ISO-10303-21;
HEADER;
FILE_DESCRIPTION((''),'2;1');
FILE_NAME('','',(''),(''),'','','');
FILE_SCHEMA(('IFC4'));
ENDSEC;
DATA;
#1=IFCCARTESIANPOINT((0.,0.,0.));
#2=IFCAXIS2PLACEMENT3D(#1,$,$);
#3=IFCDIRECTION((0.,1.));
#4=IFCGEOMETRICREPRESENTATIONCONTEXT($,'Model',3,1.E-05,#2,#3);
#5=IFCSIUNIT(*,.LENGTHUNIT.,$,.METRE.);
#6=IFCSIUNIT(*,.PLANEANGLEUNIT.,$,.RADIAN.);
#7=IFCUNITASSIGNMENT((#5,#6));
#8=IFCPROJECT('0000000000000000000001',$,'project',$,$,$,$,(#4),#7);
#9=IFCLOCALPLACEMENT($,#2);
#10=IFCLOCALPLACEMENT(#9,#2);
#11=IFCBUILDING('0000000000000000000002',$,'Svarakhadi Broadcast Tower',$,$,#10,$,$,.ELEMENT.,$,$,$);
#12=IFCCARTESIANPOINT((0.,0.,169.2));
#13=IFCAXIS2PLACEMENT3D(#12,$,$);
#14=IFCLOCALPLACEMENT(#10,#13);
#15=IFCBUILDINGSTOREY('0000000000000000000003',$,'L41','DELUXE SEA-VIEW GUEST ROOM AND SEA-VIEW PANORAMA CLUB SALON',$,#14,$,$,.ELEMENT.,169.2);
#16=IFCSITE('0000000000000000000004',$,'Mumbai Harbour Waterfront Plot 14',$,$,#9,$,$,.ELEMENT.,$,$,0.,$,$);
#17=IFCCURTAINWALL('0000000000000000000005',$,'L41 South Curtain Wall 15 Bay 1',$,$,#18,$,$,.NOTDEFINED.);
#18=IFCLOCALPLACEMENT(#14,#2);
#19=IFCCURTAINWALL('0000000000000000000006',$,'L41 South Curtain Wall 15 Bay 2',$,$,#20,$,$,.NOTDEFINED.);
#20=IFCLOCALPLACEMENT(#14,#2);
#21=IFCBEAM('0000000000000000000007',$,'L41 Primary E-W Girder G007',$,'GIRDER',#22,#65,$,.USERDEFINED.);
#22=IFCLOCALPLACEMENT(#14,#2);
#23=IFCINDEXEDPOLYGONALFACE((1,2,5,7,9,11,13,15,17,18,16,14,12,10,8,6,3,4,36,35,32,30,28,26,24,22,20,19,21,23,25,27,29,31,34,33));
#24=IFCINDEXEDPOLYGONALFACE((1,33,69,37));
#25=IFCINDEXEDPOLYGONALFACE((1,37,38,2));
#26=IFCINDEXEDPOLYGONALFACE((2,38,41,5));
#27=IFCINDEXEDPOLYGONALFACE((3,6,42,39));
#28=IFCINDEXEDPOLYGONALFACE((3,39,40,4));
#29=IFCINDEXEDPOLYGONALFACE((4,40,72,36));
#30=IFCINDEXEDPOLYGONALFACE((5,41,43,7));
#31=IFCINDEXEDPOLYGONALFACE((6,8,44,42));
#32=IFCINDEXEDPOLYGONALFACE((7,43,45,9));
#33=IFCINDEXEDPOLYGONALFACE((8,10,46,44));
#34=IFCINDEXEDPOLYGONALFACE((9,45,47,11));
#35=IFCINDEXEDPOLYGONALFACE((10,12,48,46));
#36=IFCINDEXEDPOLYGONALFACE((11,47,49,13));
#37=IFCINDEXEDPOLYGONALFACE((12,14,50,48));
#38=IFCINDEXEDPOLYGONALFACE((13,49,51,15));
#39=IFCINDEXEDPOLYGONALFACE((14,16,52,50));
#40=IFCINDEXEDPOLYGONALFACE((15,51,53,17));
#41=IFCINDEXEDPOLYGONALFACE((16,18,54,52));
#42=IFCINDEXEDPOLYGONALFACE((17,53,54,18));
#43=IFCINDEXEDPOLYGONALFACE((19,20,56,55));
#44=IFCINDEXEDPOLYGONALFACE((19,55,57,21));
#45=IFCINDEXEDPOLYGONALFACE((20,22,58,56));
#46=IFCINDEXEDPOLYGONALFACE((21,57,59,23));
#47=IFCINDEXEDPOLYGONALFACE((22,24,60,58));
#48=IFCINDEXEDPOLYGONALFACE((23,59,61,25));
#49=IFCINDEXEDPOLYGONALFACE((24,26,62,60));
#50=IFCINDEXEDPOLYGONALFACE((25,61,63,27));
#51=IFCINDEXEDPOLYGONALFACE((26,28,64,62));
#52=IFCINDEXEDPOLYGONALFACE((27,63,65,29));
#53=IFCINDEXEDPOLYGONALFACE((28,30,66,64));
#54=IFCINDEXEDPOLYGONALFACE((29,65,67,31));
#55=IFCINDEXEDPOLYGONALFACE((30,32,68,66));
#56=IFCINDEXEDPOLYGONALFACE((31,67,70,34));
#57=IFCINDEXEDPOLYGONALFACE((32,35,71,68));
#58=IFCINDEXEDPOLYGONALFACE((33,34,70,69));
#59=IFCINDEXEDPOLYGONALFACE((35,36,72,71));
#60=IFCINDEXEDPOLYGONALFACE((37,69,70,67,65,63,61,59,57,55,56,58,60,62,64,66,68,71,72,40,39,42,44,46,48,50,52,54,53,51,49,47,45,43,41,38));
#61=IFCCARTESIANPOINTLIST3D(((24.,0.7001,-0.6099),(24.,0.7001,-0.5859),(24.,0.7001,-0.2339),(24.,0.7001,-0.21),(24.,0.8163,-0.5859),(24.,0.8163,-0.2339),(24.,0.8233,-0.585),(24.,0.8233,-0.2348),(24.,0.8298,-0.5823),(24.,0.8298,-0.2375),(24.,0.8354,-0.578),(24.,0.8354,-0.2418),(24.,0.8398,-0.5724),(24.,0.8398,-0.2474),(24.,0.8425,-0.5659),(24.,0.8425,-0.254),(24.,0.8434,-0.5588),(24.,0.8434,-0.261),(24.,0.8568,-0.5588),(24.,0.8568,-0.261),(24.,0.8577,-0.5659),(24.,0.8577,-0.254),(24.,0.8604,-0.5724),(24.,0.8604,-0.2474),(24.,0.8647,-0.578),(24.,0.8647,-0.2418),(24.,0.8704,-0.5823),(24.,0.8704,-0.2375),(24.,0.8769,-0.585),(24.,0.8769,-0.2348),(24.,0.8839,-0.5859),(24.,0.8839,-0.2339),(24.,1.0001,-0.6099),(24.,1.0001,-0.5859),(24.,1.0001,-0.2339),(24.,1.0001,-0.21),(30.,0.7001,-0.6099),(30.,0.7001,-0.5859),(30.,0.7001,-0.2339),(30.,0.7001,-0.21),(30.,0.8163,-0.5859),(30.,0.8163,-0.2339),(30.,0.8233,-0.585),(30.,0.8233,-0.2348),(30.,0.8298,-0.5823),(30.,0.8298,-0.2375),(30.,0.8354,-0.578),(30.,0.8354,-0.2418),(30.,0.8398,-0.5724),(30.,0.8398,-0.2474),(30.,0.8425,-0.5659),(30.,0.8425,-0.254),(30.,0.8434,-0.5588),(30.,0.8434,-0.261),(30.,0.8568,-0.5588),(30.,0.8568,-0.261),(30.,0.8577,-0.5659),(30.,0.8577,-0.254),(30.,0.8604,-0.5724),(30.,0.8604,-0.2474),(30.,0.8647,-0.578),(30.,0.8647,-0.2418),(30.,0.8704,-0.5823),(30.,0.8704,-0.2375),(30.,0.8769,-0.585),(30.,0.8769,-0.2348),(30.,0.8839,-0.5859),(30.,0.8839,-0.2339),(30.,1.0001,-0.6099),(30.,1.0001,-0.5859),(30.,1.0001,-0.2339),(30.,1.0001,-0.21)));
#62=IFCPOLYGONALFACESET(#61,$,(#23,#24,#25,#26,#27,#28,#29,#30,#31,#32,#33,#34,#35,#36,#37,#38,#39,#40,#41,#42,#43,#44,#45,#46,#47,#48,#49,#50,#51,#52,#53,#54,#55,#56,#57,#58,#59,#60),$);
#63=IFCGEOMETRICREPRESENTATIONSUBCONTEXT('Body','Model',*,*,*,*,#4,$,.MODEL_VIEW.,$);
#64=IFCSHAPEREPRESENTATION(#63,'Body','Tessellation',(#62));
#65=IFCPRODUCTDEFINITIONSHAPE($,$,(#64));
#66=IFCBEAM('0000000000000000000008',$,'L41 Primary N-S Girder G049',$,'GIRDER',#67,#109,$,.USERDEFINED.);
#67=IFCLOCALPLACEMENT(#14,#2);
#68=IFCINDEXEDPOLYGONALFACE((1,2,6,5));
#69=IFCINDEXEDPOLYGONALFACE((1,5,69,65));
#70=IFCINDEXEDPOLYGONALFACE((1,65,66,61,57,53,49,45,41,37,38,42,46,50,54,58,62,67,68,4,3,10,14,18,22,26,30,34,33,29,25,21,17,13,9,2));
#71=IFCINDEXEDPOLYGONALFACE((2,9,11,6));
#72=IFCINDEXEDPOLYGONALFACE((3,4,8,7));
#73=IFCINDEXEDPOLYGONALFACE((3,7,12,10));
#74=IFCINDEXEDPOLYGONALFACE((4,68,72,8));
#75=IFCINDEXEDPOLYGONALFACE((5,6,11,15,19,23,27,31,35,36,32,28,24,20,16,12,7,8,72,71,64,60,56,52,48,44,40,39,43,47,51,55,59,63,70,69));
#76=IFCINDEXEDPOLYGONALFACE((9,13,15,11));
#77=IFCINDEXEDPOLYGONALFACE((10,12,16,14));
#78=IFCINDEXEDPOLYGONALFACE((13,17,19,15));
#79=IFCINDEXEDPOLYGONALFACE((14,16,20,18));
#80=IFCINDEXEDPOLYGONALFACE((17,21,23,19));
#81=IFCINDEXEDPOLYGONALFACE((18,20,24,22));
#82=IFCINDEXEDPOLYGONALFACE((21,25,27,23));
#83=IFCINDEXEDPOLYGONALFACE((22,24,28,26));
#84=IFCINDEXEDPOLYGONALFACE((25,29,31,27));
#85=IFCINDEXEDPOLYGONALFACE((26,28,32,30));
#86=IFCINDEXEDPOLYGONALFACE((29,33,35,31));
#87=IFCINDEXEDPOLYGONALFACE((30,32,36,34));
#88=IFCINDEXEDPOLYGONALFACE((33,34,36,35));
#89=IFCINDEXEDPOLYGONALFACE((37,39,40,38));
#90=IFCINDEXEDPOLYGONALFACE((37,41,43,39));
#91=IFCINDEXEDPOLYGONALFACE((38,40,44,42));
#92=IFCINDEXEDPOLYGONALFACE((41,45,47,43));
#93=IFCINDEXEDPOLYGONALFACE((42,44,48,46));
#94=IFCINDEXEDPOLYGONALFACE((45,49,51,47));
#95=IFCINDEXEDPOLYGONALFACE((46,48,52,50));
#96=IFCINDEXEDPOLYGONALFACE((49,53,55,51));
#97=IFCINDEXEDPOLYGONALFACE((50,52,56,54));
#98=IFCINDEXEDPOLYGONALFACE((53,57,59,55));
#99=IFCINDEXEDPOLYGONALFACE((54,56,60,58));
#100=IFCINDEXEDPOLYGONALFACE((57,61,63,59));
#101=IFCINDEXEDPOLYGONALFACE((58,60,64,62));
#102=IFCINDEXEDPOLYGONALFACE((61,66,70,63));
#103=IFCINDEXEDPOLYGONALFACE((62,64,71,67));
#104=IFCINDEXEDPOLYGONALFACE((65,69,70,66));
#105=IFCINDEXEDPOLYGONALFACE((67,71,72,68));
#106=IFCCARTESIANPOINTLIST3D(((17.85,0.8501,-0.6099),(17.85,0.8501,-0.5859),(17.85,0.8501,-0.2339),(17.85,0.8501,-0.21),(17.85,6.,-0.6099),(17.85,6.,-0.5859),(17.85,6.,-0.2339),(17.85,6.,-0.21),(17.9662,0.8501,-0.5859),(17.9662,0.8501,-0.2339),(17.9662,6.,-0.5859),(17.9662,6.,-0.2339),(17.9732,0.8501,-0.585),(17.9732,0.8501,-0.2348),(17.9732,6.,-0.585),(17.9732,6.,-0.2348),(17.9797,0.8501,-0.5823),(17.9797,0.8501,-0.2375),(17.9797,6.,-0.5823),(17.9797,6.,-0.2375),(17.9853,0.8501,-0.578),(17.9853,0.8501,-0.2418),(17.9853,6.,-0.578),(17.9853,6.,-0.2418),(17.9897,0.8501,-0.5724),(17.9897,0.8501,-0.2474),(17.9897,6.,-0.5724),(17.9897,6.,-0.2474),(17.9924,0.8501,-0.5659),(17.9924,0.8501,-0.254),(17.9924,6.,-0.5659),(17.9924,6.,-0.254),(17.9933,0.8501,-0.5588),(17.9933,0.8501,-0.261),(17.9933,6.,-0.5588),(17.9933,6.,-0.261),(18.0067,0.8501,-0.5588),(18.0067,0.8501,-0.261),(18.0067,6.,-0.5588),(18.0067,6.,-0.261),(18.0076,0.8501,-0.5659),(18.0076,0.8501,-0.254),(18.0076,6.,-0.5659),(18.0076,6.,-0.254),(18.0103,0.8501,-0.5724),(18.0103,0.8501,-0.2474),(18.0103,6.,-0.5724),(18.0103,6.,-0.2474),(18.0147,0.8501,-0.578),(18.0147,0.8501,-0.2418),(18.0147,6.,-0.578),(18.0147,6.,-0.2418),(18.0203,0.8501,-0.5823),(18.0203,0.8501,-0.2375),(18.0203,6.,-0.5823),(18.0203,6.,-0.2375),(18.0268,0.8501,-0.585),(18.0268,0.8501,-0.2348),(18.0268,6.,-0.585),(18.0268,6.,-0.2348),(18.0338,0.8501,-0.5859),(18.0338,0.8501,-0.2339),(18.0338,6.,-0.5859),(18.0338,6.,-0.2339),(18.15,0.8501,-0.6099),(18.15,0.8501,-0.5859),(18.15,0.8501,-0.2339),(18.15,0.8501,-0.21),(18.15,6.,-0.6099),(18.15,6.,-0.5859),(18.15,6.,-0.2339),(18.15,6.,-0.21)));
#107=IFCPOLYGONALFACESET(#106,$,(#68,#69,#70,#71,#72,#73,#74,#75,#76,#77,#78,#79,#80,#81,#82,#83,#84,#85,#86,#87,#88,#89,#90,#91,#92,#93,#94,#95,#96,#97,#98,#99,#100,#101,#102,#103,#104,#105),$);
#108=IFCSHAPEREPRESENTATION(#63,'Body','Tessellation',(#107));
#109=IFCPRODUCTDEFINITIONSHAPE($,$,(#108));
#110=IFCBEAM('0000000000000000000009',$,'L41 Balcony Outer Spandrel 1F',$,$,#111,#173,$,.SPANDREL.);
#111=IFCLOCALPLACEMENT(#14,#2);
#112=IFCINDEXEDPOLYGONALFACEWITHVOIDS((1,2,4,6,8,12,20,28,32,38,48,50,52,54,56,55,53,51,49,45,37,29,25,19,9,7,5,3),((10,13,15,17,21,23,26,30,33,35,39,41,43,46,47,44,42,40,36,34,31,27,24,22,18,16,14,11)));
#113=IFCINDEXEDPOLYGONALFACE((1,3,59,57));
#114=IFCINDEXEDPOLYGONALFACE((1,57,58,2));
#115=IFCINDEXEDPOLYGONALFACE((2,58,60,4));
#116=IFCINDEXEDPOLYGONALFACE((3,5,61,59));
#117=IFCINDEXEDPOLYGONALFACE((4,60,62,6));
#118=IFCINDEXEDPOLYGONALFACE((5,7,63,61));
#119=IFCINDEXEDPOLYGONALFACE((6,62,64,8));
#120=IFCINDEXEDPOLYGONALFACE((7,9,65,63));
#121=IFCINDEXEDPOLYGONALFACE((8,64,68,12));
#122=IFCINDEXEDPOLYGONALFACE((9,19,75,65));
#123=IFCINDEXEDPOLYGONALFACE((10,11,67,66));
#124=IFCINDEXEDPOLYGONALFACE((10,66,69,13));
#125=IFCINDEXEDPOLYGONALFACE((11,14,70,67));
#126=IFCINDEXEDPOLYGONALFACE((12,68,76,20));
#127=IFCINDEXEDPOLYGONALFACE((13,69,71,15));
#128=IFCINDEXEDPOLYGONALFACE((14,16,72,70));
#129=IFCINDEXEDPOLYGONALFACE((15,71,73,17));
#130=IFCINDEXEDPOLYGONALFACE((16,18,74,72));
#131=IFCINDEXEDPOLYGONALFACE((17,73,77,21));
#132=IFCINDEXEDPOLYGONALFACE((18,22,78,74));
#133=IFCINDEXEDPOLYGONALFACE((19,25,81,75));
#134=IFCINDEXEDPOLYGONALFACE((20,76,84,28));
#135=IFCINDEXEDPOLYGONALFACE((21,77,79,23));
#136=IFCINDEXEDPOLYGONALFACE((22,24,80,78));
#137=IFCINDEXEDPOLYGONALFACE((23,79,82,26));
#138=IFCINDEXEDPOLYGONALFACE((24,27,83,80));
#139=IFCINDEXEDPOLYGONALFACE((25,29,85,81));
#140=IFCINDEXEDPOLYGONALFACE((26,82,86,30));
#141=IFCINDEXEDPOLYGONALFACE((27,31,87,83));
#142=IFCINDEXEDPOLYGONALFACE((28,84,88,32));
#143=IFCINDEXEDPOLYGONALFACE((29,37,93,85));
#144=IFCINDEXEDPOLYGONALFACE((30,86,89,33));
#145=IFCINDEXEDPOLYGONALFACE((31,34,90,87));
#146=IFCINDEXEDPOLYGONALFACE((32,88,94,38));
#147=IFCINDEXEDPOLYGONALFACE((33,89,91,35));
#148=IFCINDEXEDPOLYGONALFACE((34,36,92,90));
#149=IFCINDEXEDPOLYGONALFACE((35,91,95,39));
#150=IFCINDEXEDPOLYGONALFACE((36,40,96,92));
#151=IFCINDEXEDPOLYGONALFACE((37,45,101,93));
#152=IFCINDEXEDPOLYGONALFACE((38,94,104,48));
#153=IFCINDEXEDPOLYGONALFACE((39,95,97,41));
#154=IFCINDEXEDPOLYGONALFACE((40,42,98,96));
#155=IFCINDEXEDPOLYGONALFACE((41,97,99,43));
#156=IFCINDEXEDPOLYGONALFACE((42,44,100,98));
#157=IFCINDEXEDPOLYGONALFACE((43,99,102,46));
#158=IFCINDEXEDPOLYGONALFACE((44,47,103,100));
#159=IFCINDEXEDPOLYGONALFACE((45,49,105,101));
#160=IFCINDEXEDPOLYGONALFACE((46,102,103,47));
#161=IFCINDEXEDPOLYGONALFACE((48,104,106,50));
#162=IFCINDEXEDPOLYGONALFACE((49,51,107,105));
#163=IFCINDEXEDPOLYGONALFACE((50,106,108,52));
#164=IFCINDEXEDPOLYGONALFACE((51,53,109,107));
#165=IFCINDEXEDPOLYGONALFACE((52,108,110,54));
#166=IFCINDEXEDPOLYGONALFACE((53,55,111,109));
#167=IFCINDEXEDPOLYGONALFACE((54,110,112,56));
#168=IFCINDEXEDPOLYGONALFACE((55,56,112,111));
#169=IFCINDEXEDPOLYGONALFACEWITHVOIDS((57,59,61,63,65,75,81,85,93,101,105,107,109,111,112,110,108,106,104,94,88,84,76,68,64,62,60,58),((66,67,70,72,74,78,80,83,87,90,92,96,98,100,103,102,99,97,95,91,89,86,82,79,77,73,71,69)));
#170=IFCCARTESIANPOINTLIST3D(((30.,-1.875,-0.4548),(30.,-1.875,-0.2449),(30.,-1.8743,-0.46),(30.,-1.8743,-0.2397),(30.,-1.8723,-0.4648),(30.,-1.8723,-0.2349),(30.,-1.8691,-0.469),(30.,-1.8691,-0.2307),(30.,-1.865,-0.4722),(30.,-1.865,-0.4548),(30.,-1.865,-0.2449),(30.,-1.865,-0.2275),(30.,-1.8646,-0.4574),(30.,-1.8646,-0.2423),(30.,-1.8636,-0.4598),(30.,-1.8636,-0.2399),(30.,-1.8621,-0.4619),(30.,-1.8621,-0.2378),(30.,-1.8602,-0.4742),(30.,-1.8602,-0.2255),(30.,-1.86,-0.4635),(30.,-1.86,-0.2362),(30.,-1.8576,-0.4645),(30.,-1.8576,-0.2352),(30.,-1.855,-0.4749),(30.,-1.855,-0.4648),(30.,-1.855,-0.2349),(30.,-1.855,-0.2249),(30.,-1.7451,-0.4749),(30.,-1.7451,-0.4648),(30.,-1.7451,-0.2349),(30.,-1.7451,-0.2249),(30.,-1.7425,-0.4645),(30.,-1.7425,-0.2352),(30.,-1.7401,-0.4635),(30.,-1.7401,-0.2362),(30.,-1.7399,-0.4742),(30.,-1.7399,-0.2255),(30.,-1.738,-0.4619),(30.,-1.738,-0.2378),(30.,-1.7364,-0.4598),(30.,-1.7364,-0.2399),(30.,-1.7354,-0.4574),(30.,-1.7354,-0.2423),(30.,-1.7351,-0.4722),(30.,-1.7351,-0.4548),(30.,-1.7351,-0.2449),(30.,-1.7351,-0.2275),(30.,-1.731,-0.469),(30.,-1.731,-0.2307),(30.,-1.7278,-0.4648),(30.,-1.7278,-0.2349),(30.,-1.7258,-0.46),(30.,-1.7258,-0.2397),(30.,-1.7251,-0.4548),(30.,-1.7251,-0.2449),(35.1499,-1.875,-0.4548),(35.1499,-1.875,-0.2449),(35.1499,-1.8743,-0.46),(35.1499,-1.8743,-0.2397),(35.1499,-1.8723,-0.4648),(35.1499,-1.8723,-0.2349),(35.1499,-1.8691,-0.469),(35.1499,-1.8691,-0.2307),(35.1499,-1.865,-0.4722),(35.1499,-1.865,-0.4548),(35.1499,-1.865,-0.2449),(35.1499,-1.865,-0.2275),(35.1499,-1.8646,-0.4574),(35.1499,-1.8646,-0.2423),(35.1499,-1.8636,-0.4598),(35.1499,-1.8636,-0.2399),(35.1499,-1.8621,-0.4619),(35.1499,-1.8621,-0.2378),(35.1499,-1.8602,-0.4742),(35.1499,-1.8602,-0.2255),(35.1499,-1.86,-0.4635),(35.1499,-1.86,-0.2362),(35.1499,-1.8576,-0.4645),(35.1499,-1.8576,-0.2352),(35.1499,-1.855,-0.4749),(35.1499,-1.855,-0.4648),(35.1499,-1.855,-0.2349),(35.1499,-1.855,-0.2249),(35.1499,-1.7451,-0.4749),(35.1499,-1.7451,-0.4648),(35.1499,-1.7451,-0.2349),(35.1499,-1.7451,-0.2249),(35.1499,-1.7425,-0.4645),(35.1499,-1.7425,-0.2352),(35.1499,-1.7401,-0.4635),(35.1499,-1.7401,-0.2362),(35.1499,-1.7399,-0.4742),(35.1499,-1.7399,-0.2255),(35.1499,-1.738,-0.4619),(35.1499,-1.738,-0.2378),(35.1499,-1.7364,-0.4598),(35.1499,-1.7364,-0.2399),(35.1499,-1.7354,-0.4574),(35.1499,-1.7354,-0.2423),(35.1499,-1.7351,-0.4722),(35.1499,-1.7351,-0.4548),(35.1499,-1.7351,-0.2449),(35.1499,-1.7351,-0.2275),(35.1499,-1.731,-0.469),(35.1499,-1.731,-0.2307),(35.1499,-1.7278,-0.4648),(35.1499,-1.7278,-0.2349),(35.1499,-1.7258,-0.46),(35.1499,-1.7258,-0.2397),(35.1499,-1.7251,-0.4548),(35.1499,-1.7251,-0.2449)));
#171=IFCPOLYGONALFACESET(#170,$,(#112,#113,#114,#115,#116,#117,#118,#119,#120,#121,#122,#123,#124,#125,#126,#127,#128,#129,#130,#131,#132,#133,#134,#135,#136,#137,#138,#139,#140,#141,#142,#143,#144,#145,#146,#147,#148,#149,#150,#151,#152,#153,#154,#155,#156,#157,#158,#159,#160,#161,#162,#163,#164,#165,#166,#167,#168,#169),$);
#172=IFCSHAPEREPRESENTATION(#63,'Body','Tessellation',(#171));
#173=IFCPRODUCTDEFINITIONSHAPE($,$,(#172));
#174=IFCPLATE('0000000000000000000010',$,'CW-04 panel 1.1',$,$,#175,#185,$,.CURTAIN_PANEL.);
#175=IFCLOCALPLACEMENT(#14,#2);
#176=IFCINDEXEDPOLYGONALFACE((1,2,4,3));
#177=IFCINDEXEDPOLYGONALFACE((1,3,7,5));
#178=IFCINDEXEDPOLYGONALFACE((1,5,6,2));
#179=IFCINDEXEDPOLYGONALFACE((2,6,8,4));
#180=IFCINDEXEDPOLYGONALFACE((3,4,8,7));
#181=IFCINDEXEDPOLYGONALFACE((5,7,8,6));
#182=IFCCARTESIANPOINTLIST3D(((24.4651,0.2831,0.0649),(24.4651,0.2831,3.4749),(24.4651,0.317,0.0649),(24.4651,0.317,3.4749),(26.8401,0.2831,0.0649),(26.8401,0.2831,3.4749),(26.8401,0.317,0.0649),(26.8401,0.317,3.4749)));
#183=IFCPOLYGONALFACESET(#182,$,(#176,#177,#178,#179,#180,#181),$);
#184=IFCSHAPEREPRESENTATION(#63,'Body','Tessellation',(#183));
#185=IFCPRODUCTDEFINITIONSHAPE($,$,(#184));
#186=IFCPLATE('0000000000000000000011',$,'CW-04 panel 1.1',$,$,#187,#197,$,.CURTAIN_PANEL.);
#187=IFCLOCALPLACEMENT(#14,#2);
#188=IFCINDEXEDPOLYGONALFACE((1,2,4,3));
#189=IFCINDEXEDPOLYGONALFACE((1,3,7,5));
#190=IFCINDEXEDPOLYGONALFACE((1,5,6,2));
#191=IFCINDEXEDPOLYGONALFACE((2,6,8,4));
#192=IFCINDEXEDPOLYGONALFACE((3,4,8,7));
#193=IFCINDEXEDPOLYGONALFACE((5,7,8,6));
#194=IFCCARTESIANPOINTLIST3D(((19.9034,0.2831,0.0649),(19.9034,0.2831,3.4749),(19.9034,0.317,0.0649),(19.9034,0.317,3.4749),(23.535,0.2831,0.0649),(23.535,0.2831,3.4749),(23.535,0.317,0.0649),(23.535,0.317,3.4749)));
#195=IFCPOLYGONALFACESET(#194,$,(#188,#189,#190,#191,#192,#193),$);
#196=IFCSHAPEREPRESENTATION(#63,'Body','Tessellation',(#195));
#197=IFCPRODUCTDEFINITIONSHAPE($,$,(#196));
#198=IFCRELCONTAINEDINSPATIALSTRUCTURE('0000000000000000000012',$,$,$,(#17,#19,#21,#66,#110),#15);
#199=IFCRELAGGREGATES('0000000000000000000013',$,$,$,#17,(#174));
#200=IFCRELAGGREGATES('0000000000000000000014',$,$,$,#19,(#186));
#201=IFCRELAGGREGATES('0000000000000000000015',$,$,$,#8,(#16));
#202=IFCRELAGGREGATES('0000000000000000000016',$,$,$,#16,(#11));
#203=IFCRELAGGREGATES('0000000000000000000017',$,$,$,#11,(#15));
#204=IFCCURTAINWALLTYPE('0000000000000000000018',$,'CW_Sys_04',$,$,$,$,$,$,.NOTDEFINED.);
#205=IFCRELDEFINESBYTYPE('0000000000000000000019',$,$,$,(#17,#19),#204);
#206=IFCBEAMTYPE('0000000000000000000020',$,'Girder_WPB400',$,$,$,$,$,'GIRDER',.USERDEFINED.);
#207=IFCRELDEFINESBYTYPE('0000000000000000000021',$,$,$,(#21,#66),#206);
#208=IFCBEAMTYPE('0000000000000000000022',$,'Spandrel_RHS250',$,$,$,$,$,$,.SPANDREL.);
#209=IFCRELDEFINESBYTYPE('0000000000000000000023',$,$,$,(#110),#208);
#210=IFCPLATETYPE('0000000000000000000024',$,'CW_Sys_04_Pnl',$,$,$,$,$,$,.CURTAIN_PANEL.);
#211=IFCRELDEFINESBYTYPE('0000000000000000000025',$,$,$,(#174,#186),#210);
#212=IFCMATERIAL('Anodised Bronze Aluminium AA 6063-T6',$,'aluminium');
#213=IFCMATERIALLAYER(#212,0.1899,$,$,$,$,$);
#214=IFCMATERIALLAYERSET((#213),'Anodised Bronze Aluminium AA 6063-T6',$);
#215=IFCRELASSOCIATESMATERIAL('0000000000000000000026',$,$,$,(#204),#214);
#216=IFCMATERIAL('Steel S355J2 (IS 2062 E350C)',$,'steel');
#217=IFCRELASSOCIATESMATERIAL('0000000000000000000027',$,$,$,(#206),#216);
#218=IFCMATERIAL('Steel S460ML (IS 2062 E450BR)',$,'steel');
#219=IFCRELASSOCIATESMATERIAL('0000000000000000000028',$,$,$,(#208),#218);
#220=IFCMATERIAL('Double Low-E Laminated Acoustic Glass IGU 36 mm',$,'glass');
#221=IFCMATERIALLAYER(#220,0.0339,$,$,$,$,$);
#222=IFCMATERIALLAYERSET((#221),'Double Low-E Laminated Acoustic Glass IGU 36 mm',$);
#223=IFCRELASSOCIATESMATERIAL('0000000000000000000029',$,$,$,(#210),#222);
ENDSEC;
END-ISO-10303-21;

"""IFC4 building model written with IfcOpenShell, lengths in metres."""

from ifc_helpers import new_model, si_unit, direction, frame, origin, origin_2d, place, context, subcontext, project, spatial, rectangle, hollow_rectangle, i_section, extrude, material, layer, layer_set, material_profile, profile_set, type_object, element, aggregate, save


model = new_model("IFC4")

# Units and contexts
model_context = context("Model", 3, precision=1e-05, world=origin(), true_north=direction((0.0, 1.0)))
body_context = subcontext(model_context, "Body", "Model", "MODEL_VIEW")
ifc_project = project(units=[si_unit("LENGTHUNIT", "METRE"), si_unit("PLANEANGLEUNIT", "RADIAN")], contexts=[model_context])

# Site, building, storey
site_placement = place(None, origin())
site = spatial("IfcSite", under=ifc_project, at=site_placement, Name="Mumbai Harbour Waterfront Plot 14", CompositionType="ELEMENT", RefElevation=0.0)
building_placement = place(site_placement, origin())
building = spatial("IfcBuilding", under=site, at=building_placement, Name="Svarakhadi Broadcast Tower", CompositionType="ELEMENT")
storey_placement = place(building_placement, frame((0.0, 0.0, 169.2)))
storey = spatial("IfcBuildingStorey", under=building, at=storey_placement, Name="L41", Description="DELUXE SEA-VIEW GUEST ROOM AND SEA-VIEW PANORAMA CLUB SALON", CompositionType="ELEMENT", Elevation=169.2)

# Curtain walls
ifc_material_1 = material(Name="Anodised Bronze Aluminium AA 6063-T6", Category="aluminium")
ifc_layer_1 = layer(ifc_material_1, 0.1899)
ifc_layer_set_1 = layer_set([ifc_layer_1], Name="Anodised Bronze Aluminium AA 6063-T6")
curtain_wall_type = type_object("IfcCurtainWallType", Name="CW_Sys_04", PredefinedType="NOTDEFINED", material=ifc_layer_set_1)
curtain_wall_1_placement = place(storey_placement, origin())
curtain_wall_1 = element("IfcCurtainWall", 1, at=curtain_wall_1_placement, inside=storey, type_object=curtain_wall_type, Name="L41 South Curtain Wall 15 Bay 1", PredefinedType="NOTDEFINED")
curtain_wall_2_placement = place(storey_placement, origin())
curtain_wall_2 = element("IfcCurtainWall", 2, at=curtain_wall_2_placement, inside=storey, type_object=curtain_wall_type, Name="L41 South Curtain Wall 15 Bay 2", PredefinedType="NOTDEFINED")

# Shared definitions
ifc_material_2 = material(Name="Steel S460ML (IS 2062 E450BR)", Category="steel")

# Beams
ifc_material_3 = material(Name="Steel S355J2 (IS 2062 E350C)", Category="steel")
ifc_material_profile_1 = material_profile(ifc_material_3, i_section(OverallWidth=0.3, OverallDepth=0.3999, WebThickness=0.0134, FlangeThickness=0.0239, FilletRadius=0.0271, at=origin_2d()), Name="WPB 400x300x155")
ifc_profile_set_1 = profile_set([ifc_material_profile_1], Name="Steel S355J2 (IS 2062 E350C)")
beam_type_1 = type_object("IfcBeamType", Name="Girder_WPB400", ElementType="GIRDER", PredefinedType="USERDEFINED", material=ifc_profile_set_1)
for number, where, z_axis, x_axis, name in (
    (3, (24.0, 0.8501, -0.4099), (1.0, 0.0, 0.0), (0.0, 1.0, 0.0), "L41 Primary E-W Girder G007"),
):
    element("IfcBeam", number, at=place(storey_placement, frame(where, z_axis=z_axis, x_axis=x_axis)), inside=storey, type_object=beam_type_1, Name=name, ObjectType="GIRDER", PredefinedType="USERDEFINED", context=body_context, shape_type="SweptSolid", body=[
        extrude(i_section(OverallWidth=0.3, OverallDepth=0.3999, WebThickness=0.0134, FlangeThickness=0.0239, FilletRadius=0.0271, at=origin_2d()), origin(), (0.0, 0.0, 1.0), 6.0),
    ])
beam_1_placement = place(storey_placement, frame((18.0, 0.8501, -0.4099), z_axis=(0.0, 1.0, 0.0), x_axis=(-1.0, 0.0, 0.0)))
element("IfcBeam", 4, at=beam_1_placement, inside=storey, type_object=beam_type_1, Name="L41 Primary N-S Girder G049", ObjectType="GIRDER", PredefinedType="USERDEFINED", context=body_context, shape_type="SweptSolid", body=[
    extrude(i_section(OverallWidth=0.3, OverallDepth=0.3999, WebThickness=0.0134, FlangeThickness=0.0239, FilletRadius=0.0271, at=origin_2d()), origin(), (0.0, 0.0, 1.0), 5.1499),
])
ifc_material_profile_2 = material_profile(ifc_material_2, hollow_rectangle(XDim=0.1499, YDim=0.25, WallThickness=0.01, InnerFilletRadius=0.01, OuterFilletRadius=0.02, at=origin_2d()), Name="RHS 250x150x10")
ifc_profile_set_2 = profile_set([ifc_material_profile_2], Name="Steel S460ML (IS 2062 E450BR)")
beam_type_2 = type_object("IfcBeamType", Name="Spandrel_RHS250", PredefinedType="SPANDREL", material=ifc_profile_set_2)
beam_2_placement = place(storey_placement, frame((30.0, -1.8, -0.3499), z_axis=(1.0, 0.0, 0.0), x_axis=(0.0, 1.0, 0.0)))
element("IfcBeam", 5, at=beam_2_placement, inside=storey, type_object=beam_type_2, Name="L41 Balcony Outer Spandrel 1F", PredefinedType="SPANDREL", context=body_context, shape_type="SweptSolid", body=[
    extrude(hollow_rectangle(XDim=0.1499, YDim=0.25, WallThickness=0.01, InnerFilletRadius=0.01, OuterFilletRadius=0.02, at=origin_2d()), origin(), (0.0, 0.0, 1.0), 5.1499),
])

# Plates
ifc_material_4 = material(Name="Double Low-E Laminated Acoustic Glass IGU 36 mm", Category="glass")
ifc_layer_2 = layer(ifc_material_4, 0.0339)
ifc_layer_set_2 = layer_set([ifc_layer_2], Name="Double Low-E Laminated Acoustic Glass IGU 36 mm")
plate_type_1 = type_object("IfcPlateType", Name="CW_Sys_04_Pnl", PredefinedType="CURTAIN_PANEL", material=ifc_layer_set_2)
plate_1_placement = place(storey_placement, frame((25.6526, 0.3, 0.0649), z_axis=(0.0, 0.0, 1.0), x_axis=(-1.0, 0.0, 0.0)))
plate_1 = element("IfcPlate", 6, at=plate_1_placement, type_object=plate_type_1, Name="CW-04 panel 1.1", PredefinedType="CURTAIN_PANEL", context=body_context, shape_type="SweptSolid", body=[
    extrude(rectangle(XDim=2.375, YDim=0.0339, at=origin_2d()), origin(), (0.0, 0.0, 1.0), 3.4099),
])
aggregate(curtain_wall_1, [plate_1])
plate_2_placement = place(storey_placement, frame((21.7192, 0.3, 0.0649), z_axis=(0.0, 0.0, 1.0), x_axis=(-1.0, 0.0, 0.0)))
plate_2 = element("IfcPlate", 7, at=plate_2_placement, type_object=plate_type_1, Name="CW-04 panel 1.1", PredefinedType="CURTAIN_PANEL", context=body_context, shape_type="SweptSolid", body=[
    extrude(rectangle(XDim=3.6316, YDim=0.0339, at=origin_2d()), origin(), (0.0, 0.0, 1.0), 3.4099),
])
aggregate(curtain_wall_2, [plate_2])

save(model, "model.ifc")
